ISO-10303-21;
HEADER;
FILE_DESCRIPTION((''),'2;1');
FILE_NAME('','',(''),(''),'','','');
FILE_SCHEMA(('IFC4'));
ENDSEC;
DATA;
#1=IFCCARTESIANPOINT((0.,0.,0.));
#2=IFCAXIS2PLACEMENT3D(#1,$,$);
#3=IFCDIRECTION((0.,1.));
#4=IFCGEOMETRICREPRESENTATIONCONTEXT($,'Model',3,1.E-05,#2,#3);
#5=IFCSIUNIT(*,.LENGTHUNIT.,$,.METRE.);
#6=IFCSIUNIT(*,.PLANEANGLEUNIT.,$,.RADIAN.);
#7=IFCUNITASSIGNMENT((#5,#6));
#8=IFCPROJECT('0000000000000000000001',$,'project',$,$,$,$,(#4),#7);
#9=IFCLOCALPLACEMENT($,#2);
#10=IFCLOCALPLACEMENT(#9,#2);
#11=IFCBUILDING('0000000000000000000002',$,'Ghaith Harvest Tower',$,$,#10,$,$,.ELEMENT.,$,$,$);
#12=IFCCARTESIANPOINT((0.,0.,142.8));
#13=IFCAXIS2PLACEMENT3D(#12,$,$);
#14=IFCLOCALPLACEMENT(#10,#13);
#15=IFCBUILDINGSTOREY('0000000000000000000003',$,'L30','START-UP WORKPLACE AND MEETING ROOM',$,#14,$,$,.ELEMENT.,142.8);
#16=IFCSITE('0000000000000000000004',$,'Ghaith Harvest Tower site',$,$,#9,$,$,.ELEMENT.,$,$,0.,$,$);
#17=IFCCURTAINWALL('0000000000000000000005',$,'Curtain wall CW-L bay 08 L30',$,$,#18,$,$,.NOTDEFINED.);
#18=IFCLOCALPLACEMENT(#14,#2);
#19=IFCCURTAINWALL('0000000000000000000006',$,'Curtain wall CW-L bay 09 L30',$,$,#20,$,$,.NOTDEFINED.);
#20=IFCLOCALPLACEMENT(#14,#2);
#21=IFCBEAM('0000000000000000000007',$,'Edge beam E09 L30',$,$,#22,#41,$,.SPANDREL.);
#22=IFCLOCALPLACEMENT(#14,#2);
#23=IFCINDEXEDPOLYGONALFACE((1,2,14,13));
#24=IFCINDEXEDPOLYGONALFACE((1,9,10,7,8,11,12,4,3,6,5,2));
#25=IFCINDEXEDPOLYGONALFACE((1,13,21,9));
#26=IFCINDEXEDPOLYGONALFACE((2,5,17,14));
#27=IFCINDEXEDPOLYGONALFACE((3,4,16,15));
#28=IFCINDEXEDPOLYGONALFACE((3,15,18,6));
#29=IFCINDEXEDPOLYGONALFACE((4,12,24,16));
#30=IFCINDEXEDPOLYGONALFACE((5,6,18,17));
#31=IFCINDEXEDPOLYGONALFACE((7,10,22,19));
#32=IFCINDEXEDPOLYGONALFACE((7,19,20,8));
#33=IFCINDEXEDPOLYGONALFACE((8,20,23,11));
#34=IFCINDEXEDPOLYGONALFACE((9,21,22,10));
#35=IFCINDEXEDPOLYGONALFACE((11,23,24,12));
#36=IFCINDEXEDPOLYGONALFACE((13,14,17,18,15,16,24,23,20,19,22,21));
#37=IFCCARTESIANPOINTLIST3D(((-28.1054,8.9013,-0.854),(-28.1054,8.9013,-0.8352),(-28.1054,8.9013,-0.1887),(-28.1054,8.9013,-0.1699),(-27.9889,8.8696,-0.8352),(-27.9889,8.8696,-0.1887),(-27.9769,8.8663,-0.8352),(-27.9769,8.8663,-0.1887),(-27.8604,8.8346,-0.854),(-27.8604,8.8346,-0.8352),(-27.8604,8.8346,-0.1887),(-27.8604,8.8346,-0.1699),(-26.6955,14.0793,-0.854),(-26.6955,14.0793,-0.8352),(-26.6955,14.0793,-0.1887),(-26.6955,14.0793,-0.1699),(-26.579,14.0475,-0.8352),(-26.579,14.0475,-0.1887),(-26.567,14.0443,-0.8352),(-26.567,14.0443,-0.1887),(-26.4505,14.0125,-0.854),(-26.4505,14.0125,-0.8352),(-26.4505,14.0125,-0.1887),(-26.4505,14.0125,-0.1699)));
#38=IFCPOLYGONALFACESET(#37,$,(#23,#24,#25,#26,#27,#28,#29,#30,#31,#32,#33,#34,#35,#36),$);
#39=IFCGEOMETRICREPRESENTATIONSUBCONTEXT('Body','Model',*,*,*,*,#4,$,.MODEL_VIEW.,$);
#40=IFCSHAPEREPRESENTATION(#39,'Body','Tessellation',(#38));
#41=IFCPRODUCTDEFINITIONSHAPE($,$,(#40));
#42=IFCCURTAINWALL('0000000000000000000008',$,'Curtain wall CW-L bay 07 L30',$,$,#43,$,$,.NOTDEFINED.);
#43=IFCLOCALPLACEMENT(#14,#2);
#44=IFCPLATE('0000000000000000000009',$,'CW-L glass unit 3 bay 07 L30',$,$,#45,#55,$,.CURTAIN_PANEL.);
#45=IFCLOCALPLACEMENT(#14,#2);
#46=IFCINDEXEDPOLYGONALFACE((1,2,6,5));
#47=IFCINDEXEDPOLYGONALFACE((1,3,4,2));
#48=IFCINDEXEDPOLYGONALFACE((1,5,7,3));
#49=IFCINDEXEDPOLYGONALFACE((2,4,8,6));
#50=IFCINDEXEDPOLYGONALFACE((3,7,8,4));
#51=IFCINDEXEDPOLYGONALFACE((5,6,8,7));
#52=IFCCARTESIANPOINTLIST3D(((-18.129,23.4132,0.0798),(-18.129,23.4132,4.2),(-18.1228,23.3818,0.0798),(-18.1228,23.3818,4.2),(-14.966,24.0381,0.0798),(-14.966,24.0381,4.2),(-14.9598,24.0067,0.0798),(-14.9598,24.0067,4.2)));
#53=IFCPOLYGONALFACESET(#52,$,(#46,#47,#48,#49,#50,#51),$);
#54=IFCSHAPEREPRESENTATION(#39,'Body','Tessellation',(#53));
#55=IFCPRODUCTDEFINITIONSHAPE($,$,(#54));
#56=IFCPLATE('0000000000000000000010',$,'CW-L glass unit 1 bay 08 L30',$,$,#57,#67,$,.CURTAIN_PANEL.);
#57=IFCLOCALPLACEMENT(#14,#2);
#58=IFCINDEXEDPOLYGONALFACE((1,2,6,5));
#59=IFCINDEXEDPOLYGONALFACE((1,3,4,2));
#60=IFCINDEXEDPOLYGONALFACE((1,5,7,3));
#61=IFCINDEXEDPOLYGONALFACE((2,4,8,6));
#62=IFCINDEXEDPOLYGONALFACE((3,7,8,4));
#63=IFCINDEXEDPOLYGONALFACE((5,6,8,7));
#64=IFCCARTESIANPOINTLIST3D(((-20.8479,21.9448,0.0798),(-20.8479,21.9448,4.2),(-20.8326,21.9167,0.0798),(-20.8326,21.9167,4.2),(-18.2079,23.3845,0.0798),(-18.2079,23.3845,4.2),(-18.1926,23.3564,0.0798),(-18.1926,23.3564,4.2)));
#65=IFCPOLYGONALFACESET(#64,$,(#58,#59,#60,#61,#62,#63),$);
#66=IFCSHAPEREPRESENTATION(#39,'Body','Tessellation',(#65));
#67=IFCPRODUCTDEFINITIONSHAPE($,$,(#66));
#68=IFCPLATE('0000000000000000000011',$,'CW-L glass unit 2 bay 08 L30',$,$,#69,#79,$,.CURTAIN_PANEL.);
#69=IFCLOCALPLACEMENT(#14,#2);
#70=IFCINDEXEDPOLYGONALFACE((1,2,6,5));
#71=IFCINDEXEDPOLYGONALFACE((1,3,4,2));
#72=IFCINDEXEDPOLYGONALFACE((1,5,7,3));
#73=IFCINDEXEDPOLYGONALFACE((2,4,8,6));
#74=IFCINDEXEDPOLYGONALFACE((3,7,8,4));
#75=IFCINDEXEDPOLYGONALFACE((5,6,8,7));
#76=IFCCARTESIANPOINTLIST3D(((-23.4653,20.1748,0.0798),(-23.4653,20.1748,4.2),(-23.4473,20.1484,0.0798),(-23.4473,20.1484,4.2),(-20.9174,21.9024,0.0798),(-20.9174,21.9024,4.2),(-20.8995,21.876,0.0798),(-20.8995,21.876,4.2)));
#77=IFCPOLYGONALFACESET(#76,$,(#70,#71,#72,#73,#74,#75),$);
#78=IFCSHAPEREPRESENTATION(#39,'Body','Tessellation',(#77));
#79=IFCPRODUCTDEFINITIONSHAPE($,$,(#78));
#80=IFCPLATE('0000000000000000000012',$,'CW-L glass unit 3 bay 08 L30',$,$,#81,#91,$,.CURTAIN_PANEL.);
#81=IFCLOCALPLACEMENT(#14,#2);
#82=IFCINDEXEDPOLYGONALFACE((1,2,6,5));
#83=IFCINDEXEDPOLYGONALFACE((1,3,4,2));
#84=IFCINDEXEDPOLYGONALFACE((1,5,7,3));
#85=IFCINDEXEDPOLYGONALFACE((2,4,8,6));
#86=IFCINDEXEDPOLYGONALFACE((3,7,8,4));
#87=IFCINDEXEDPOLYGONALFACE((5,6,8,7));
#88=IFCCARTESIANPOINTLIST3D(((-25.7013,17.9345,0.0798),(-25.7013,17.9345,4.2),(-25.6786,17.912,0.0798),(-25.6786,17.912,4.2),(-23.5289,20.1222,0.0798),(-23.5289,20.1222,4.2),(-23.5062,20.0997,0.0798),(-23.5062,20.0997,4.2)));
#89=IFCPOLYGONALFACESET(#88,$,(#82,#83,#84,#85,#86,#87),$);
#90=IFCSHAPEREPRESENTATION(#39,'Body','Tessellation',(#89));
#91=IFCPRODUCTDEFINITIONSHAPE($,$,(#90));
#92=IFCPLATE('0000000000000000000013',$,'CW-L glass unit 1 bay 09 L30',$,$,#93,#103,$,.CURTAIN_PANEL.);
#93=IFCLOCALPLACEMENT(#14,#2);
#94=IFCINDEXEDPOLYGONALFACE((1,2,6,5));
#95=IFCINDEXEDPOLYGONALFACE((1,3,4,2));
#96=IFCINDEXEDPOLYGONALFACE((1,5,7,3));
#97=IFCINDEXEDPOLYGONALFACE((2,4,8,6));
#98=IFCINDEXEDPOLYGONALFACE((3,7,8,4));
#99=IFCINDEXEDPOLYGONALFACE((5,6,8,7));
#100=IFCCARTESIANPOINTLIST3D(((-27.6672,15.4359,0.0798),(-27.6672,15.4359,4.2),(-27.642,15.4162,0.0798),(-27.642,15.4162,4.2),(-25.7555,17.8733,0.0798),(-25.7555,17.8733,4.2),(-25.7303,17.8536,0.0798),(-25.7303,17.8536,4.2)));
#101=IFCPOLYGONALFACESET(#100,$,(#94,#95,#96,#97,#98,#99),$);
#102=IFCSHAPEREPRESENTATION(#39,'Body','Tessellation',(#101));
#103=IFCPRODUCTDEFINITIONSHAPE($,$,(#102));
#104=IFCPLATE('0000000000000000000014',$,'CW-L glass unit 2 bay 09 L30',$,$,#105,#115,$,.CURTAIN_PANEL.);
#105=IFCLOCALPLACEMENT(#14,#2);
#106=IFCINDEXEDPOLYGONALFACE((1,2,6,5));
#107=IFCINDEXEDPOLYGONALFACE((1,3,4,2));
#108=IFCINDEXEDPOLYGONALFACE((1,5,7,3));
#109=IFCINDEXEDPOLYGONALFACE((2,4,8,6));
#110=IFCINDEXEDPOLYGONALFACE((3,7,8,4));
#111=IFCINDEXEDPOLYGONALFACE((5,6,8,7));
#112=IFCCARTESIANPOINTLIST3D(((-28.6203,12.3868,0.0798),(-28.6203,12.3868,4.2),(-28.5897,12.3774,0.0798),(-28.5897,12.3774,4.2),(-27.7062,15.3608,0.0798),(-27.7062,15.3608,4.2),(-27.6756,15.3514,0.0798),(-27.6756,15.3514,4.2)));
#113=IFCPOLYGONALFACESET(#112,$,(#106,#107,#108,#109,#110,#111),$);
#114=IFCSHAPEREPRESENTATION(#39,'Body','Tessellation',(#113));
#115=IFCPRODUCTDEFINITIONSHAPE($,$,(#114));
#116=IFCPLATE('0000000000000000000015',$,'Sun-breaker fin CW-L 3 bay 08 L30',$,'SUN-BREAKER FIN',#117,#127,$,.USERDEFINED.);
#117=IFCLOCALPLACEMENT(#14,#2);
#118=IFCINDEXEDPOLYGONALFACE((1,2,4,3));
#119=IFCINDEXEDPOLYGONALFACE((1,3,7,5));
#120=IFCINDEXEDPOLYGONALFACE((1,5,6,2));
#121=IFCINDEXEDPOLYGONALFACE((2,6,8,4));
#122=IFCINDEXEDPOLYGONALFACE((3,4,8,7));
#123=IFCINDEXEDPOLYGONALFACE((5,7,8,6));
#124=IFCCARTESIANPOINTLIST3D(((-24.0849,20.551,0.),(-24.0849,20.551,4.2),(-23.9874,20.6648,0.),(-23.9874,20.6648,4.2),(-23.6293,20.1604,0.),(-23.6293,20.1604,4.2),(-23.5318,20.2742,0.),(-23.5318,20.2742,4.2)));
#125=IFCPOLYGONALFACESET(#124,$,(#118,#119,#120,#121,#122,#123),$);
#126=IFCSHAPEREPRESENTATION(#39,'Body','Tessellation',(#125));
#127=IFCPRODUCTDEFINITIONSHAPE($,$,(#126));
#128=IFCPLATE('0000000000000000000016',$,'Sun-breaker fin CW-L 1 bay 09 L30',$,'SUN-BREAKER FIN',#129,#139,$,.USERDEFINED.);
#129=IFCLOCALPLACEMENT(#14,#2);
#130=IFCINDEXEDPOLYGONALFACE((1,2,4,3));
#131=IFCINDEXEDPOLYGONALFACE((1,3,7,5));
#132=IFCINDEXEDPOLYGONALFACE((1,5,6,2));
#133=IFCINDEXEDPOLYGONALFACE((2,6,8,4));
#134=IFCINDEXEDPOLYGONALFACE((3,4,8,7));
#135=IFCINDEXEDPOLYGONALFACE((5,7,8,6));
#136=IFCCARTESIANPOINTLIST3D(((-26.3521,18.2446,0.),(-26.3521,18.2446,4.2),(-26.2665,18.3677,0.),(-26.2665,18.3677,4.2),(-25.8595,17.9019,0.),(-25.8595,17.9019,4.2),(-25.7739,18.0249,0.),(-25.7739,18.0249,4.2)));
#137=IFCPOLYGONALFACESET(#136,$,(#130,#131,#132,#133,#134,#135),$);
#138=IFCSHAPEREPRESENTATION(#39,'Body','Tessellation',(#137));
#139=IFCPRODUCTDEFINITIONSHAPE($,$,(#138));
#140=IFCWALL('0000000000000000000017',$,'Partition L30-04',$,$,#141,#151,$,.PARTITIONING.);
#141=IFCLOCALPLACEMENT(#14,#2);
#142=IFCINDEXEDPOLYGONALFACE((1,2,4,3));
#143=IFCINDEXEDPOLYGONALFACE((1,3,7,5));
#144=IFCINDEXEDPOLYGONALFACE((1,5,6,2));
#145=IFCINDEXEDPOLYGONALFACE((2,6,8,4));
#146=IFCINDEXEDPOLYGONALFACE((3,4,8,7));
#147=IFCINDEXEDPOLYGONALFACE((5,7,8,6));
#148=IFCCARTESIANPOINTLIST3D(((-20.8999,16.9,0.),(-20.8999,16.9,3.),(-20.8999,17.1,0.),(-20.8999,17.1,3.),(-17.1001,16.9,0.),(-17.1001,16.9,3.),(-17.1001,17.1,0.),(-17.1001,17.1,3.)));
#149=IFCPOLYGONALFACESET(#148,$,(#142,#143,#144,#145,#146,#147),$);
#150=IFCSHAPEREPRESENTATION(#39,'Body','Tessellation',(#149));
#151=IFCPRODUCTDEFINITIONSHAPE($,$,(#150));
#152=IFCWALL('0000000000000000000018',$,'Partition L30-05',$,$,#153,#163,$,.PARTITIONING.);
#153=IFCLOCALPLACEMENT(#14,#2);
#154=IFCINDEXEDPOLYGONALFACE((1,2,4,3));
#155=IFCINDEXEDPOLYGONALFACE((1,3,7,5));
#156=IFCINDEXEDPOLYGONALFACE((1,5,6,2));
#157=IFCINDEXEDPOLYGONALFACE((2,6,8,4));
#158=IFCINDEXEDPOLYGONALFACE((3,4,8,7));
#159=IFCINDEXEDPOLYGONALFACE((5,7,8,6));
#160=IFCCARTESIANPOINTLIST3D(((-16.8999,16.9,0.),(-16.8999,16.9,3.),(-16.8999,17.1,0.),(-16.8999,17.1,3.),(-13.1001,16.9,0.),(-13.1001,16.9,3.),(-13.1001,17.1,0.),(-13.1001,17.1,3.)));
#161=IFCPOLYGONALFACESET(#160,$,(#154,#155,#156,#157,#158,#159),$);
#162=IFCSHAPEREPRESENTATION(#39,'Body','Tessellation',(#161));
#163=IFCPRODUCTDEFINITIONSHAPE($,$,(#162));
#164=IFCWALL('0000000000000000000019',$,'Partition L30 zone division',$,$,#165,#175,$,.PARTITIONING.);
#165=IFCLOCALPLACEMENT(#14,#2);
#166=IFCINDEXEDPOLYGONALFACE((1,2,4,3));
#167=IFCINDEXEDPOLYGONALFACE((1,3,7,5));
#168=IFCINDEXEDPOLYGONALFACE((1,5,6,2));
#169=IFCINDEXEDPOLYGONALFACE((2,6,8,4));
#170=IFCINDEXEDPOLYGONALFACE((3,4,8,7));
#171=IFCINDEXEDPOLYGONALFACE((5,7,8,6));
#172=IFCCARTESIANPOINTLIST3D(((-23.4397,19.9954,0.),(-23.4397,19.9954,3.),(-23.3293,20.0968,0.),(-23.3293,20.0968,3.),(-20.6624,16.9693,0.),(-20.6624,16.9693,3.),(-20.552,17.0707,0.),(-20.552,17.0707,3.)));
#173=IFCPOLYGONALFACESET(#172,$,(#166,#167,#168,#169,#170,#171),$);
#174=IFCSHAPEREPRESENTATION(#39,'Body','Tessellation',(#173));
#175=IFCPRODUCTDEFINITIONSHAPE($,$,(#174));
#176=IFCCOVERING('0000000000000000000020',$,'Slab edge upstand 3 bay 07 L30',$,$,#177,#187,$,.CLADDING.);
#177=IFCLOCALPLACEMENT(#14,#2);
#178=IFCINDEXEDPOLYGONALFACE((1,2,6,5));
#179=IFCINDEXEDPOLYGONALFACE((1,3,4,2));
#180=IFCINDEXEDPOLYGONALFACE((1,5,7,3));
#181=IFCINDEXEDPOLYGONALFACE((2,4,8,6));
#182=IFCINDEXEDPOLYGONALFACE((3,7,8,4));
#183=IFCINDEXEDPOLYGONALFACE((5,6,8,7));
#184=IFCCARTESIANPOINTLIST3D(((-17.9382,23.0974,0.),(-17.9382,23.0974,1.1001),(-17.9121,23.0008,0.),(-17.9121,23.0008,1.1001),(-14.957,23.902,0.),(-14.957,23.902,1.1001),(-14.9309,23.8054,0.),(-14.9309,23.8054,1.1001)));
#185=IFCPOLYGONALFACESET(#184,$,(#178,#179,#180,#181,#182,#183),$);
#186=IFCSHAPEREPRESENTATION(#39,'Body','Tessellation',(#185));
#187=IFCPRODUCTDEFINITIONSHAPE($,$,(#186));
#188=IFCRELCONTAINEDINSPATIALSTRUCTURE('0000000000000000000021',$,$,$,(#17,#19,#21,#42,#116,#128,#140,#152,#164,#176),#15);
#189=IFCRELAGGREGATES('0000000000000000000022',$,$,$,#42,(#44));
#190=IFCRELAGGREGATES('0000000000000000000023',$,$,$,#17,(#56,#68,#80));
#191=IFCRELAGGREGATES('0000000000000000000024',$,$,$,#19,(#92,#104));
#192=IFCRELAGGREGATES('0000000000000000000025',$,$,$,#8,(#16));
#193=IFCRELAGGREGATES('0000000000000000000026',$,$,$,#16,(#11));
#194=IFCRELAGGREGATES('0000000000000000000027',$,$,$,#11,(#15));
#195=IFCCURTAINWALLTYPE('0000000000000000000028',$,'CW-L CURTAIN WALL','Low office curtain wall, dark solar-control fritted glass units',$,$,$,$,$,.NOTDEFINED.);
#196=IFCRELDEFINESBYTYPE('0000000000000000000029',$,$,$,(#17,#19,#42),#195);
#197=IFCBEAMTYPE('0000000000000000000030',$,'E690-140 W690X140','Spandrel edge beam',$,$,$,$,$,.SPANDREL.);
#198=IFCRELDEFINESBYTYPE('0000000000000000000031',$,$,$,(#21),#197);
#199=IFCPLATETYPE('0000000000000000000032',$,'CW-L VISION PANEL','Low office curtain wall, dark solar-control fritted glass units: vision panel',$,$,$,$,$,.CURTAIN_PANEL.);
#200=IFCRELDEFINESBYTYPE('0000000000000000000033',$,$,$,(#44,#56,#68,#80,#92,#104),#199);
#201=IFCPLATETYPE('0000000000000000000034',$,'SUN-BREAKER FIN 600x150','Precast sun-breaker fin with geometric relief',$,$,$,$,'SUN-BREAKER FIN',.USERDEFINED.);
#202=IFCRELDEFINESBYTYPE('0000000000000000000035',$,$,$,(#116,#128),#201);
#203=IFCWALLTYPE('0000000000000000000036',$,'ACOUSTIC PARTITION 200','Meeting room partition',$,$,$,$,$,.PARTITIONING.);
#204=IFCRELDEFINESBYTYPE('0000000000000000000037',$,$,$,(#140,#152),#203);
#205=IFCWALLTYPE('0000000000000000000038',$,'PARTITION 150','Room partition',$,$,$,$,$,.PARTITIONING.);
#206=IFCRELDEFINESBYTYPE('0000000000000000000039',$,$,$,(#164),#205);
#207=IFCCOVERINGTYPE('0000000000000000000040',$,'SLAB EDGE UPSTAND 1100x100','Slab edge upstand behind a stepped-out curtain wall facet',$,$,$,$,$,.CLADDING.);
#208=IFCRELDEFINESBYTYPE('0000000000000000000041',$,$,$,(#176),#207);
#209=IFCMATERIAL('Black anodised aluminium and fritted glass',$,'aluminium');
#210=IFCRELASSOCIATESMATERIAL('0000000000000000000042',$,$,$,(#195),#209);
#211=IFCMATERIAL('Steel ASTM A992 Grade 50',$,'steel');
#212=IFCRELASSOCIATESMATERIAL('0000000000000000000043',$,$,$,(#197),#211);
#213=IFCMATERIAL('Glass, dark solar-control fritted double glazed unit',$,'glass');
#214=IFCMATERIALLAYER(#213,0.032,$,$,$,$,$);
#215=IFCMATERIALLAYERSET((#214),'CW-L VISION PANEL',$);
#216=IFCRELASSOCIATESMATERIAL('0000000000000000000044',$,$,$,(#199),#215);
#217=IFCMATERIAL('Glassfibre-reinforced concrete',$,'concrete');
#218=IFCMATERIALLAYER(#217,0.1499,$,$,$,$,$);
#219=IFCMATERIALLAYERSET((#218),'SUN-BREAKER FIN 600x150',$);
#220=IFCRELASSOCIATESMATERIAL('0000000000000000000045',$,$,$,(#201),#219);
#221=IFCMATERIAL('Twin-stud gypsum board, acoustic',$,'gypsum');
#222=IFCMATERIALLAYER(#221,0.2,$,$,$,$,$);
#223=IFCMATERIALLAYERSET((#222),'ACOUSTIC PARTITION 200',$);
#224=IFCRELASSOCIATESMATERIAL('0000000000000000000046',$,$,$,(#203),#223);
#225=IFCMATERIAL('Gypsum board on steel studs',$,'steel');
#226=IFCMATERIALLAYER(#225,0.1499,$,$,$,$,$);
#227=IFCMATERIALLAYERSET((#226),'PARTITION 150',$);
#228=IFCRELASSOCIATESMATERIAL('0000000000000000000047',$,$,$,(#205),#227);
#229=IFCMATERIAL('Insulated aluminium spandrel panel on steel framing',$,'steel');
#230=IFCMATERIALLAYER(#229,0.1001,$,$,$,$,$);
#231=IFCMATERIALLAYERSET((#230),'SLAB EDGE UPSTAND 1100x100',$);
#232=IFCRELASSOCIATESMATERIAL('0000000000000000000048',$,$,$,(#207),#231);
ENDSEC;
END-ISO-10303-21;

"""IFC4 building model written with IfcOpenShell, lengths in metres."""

from ifc_helpers import new_model, si_unit, direction, frame, frame_2d, origin, origin_2d, place, context, subcontext, project, spatial, rectangle, i_section, extrude, material, layer, layer_set, material_profile, profile_set, type_object, element, aggregate, save


model = new_model("IFC4")

# Units and contexts
model_context = context("Model", 3, precision=1e-05, world=origin(), true_north=direction((0.0, 1.0)))
body_context = subcontext(model_context, "Body", "Model", "MODEL_VIEW")
ifc_project = project(units=[si_unit("LENGTHUNIT", "METRE"), si_unit("PLANEANGLEUNIT", "RADIAN")], contexts=[model_context])

# Site, building, storey
site_placement = place(None, origin())
site = spatial("IfcSite", under=ifc_project, at=site_placement, Name="Ghaith Harvest Tower site", CompositionType="ELEMENT", RefElevation=0.0)
building_placement = place(site_placement, origin())
building = spatial("IfcBuilding", under=site, at=building_placement, Name="Ghaith Harvest Tower", CompositionType="ELEMENT")
storey_placement = place(building_placement, frame((0.0, 0.0, 142.8)))
storey = spatial("IfcBuildingStorey", under=building, at=storey_placement, Name="L30", Description="START-UP WORKPLACE AND MEETING ROOM", CompositionType="ELEMENT", Elevation=142.8)

# Curtain walls
ifc_material_1 = material(Name="Black anodised aluminium and fritted glass", Category="aluminium")
curtain_wall_type = type_object("IfcCurtainWallType", Name="CW-L CURTAIN WALL", Description="Low office curtain wall, dark solar-control fritted glass units", PredefinedType="NOTDEFINED", material=ifc_material_1)
curtain_wall_1_placement = place(storey_placement, origin())
curtain_wall_1 = element("IfcCurtainWall", 1, at=curtain_wall_1_placement, inside=storey, type_object=curtain_wall_type, Name="Curtain wall CW-L bay 08 L30", PredefinedType="NOTDEFINED")
curtain_wall_2_placement = place(storey_placement, origin())
curtain_wall_2 = element("IfcCurtainWall", 2, at=curtain_wall_2_placement, inside=storey, type_object=curtain_wall_type, Name="Curtain wall CW-L bay 09 L30", PredefinedType="NOTDEFINED")

# Beam
ifc_material_2 = material(Name="Steel ASTM A992 Grade 50", Category="steel")
ifc_material_profile_1 = material_profile(ifc_material_2, i_section(OverallWidth=0.2539, OverallDepth=0.6841, WebThickness=0.0125, FlangeThickness=0.0188, at=origin_2d()), Name="W690X140")
ifc_profile_set_1 = profile_set([ifc_material_profile_1], Name="Steel ASTM A992 Grade 50")
beam_type = type_object("IfcBeamType", Name="E690-140 W690X140", Description="Spandrel edge beam", PredefinedType="SPANDREL", material=ifc_profile_set_1)
beam_1_placement = place(storey_placement, frame((-26.573, 14.0459, -0.512), z_axis=(-0.262725, -0.964871, 0.0), x_axis=(0.964871, -0.262725, 0.0)))
element("IfcBeam", 3, at=beam_1_placement, inside=storey, type_object=beam_type, Name="Edge beam E09 L30", PredefinedType="SPANDREL", context=body_context, shape_type="SweptSolid", body=[
    extrude(i_section(OverallWidth=0.2539, OverallDepth=0.6841, WebThickness=0.0125, FlangeThickness=0.0188, at=origin_2d()), origin(), (0.0, 0.0, 1.0), 5.3665),
])

# Curtain wall, plate
curtain_wall_3_placement = place(storey_placement, origin())
curtain_wall_3 = element("IfcCurtainWall", 4, at=curtain_wall_3_placement, inside=storey, type_object=curtain_wall_type, Name="Curtain wall CW-L bay 07 L30", PredefinedType="NOTDEFINED")
ifc_material_3 = material(Name="Glass, dark solar-control fritted double glazed unit", Category="glass")
ifc_layer_1 = layer(ifc_material_3, 0.032)
ifc_layer_set_1 = layer_set([ifc_layer_1], Name="CW-L VISION PANEL")
plate_type_1 = type_object("IfcPlateType", Name="CW-L VISION PANEL", Description="Low office curtain wall, dark solar-control fritted glass units: vision panel", PredefinedType="CURTAIN_PANEL", material=ifc_layer_set_1)
plate_1_placement = place(storey_placement, frame((-16.5444, 23.71, 0.0798), z_axis=(0.0, 0.0, 1.0), x_axis=(-0.981038, -0.193818, 0.0)))
plate_1 = element("IfcPlate", 5, at=plate_1_placement, type_object=plate_type_1, Name="CW-L glass unit 3 bay 07 L30", PredefinedType="CURTAIN_PANEL", context=body_context, shape_type="SweptSolid", body=[
    extrude(rectangle(XDim=3.2241, YDim=0.032, at=origin_2d()), origin(), (0.0, 0.0, 1.0), 4.1201),
])
aggregate(curtain_wall_3, [plate_1])

# Plates
plate_2_placement = place(storey_placement, frame((-19.5203, 22.6506, 0.0798), z_axis=(0.0, 0.0, 1.0), x_axis=(-0.87794, -0.47877, 0.0)))
plate_2 = element("IfcPlate", 6, at=plate_2_placement, type_object=plate_type_1, Name="CW-L glass unit 1 bay 08 L30", PredefinedType="CURTAIN_PANEL", context=body_context, shape_type="SweptSolid", body=[
    extrude(rectangle(XDim=3.0071, YDim=0.032, at=origin_2d()), origin(), (0.0, 0.0, 1.0), 4.1201),
])
plate_3_placement = place(storey_placement, frame((-22.1824, 21.0254, 0.0798), z_axis=(0.0, 0.0, 1.0), x_axis=(-0.827675, -0.561208, 0.0)))
plate_3 = element("IfcPlate", 7, at=plate_3_placement, type_object=plate_type_1, Name="CW-L glass unit 2 bay 08 L30", PredefinedType="CURTAIN_PANEL", context=body_context, shape_type="SweptSolid", body=[
    extrude(rectangle(XDim=3.0784, YDim=0.032, at=origin_2d()), origin(), (0.0, 0.0, 1.0), 4.1201),
])
plate_4_placement = place(storey_placement, frame((-24.6038, 19.0171, 0.0798), z_axis=(0.0, 0.0, 1.0), x_axis=(-0.704614, -0.709591, 0.0)))
plate_4 = element("IfcPlate", 8, at=plate_4_placement, type_object=plate_type_1, Name="CW-L glass unit 3 bay 08 L30", PredefinedType="CURTAIN_PANEL", context=body_context, shape_type="SweptSolid", body=[
    extrude(rectangle(XDim=3.083, YDim=0.032, at=origin_2d()), origin(), (0.0, 0.0, 1.0), 4.1201),
])
aggregate(curtain_wall_1, [plate_2, plate_3, plate_4])
plate_5_placement = place(storey_placement, frame((-26.6987, 16.6448, 0.0798), z_axis=(0.0, 0.0, 1.0), x_axis=(-0.617141, -0.786853, 0.0)))
plate_5 = element("IfcPlate", 9, at=plate_5_placement, type_object=plate_type_1, Name="CW-L glass unit 1 bay 09 L30", PredefinedType="CURTAIN_PANEL", context=body_context, shape_type="SweptSolid", body=[
    extrude(rectangle(XDim=3.0977, YDim=0.032, at=origin_2d()), origin(), (0.0, 0.0, 1.0), 4.1201),
])
plate_6_placement = place(storey_placement, frame((-28.1479, 13.8691, 0.0798), z_axis=(0.0, 0.0, 1.0), x_axis=(-0.293803, -0.955866, 0.0)))
plate_6 = element("IfcPlate", 10, at=plate_6_placement, type_object=plate_type_1, Name="CW-L glass unit 2 bay 09 L30", PredefinedType="CURTAIN_PANEL", context=body_context, shape_type="SweptSolid", body=[
    extrude(rectangle(XDim=3.1113, YDim=0.032, at=origin_2d()), origin(), (0.0, 0.0, 1.0), 4.1201),
])
aggregate(curtain_wall_2, [plate_5, plate_6])

# Plates
ifc_material_4 = material(Name="Glassfibre-reinforced concrete", Category="concrete")
ifc_layer_2 = layer(ifc_material_4, 0.1499)
ifc_layer_set_2 = layer_set([ifc_layer_2], Name="SUN-BREAKER FIN 600x150")
plate_type_2 = type_object("IfcPlateType", Name="SUN-BREAKER FIN 600x150", Description="Precast sun-breaker fin with geometric relief", ElementType="SUN-BREAKER FIN", PredefinedType="USERDEFINED", material=ifc_layer_set_2)
for number, where, z_axis, x_axis, name in (
    (11, (-23.8083, 20.4126, 0.0), (0.0, 0.0, 1.0), (-0.75917, 0.650893, 0.0), "Sun-breaker fin CW-L 3 bay 08 L30"),
    (12, (-26.063, 18.1348, 0.0), (0.0, 0.0, 1.0), (-0.820845, 0.57115, 0.0), "Sun-breaker fin CW-L 1 bay 09 L30"),
):
    element("IfcPlate", number, at=place(storey_placement, frame(where, z_axis=z_axis, x_axis=x_axis)), inside=storey, type_object=plate_type_2, Name=name, ObjectType="SUN-BREAKER FIN", PredefinedType="USERDEFINED", context=body_context, shape_type="SweptSolid", body=[
        extrude(rectangle(XDim=0.6001, YDim=0.1499, at=origin_2d()), origin(), (0.0, 0.0, 1.0), 4.2),
    ])

# Walls
ifc_material_5 = material(Name="Twin-stud gypsum board, acoustic", Category="gypsum")
ifc_layer_3 = layer(ifc_material_5, 0.2)
ifc_layer_set_3 = layer_set([ifc_layer_3], Name="ACOUSTIC PARTITION 200")
wall_type_1 = type_object("IfcWallType", Name="ACOUSTIC PARTITION 200", Description="Meeting room partition", PredefinedType="PARTITIONING", material=ifc_layer_set_3)
for number, where, z_axis, x_axis, name in (
    (13, (-20.8999, 17.0, 0.0), (0.0, 0.0, 1.0), (1.0, 0.0, 0.0), "Partition L30-04"),
    (14, (-16.8999, 17.0, 0.0), (0.0, 0.0, 1.0), (1.0, 0.0, 0.0), "Partition L30-05"),
):
    element("IfcWall", number, at=place(storey_placement, frame(where, z_axis=z_axis, x_axis=x_axis)), inside=storey, type_object=wall_type_1, Name=name, PredefinedType="PARTITIONING", context=body_context, shape_type="SweptSolid", body=[
        extrude(rectangle(XDim=3.7998, YDim=0.2, at=frame_2d((1.8999, 0.0))), origin(), (0.0, 0.0, 1.0), 3.0),
    ])
ifc_material_6 = material(Name="Gypsum board on steel studs", Category="steel")
ifc_layer_4 = layer(ifc_material_6, 0.1499)
ifc_layer_set_4 = layer_set([ifc_layer_4], Name="PARTITION 150")
wall_type_2 = type_object("IfcWallType", Name="PARTITION 150", Description="Room partition", PredefinedType="PARTITIONING", material=ifc_layer_set_4)
wall_placement = place(storey_placement, frame((-20.6072, 17.02, 0.0), z_axis=(0.0, 0.0, 1.0), x_axis=(-0.676174, 0.736742, 0.0)))
element("IfcWall", 15, at=wall_placement, inside=storey, type_object=wall_type_2, Name="Partition L30 zone division", PredefinedType="PARTITIONING", context=body_context, shape_type="SweptSolid", body=[
    extrude(rectangle(XDim=4.1074, YDim=0.1499, at=frame_2d((2.0537, 0.0))), origin(), (0.0, 0.0, 1.0), 3.0),
])

# Covering
ifc_material_7 = material(Name="Insulated aluminium spandrel panel on steel framing", Category="steel")
ifc_layer_5 = layer(ifc_material_7, 0.1001)
ifc_layer_set_5 = layer_set([ifc_layer_5], Name="SLAB EDGE UPSTAND 1100x100")
covering_type = type_object("IfcCoveringType", Name="SLAB EDGE UPSTAND 1100x100", Description="Slab edge upstand behind a stepped-out curtain wall facet", PredefinedType="CLADDING", material=ifc_layer_set_5)
covering_1_placement = place(storey_placement, frame((-16.4346, 23.4514, 0.0), z_axis=(0.0, 0.0, 1.0), x_axis=(-0.965455, -0.26057, 0.0)))
element("IfcCovering", 16, at=covering_1_placement, inside=storey, type_object=covering_type, Name="Slab edge upstand 3 bay 07 L30", PredefinedType="CLADDING", context=body_context, shape_type="SweptSolid", body=[
    extrude(rectangle(XDim=3.0879, YDim=0.1001, at=origin_2d()), origin(), (0.0, 0.0, 1.0), 1.1001),
])

save(model, "model.ifc")
